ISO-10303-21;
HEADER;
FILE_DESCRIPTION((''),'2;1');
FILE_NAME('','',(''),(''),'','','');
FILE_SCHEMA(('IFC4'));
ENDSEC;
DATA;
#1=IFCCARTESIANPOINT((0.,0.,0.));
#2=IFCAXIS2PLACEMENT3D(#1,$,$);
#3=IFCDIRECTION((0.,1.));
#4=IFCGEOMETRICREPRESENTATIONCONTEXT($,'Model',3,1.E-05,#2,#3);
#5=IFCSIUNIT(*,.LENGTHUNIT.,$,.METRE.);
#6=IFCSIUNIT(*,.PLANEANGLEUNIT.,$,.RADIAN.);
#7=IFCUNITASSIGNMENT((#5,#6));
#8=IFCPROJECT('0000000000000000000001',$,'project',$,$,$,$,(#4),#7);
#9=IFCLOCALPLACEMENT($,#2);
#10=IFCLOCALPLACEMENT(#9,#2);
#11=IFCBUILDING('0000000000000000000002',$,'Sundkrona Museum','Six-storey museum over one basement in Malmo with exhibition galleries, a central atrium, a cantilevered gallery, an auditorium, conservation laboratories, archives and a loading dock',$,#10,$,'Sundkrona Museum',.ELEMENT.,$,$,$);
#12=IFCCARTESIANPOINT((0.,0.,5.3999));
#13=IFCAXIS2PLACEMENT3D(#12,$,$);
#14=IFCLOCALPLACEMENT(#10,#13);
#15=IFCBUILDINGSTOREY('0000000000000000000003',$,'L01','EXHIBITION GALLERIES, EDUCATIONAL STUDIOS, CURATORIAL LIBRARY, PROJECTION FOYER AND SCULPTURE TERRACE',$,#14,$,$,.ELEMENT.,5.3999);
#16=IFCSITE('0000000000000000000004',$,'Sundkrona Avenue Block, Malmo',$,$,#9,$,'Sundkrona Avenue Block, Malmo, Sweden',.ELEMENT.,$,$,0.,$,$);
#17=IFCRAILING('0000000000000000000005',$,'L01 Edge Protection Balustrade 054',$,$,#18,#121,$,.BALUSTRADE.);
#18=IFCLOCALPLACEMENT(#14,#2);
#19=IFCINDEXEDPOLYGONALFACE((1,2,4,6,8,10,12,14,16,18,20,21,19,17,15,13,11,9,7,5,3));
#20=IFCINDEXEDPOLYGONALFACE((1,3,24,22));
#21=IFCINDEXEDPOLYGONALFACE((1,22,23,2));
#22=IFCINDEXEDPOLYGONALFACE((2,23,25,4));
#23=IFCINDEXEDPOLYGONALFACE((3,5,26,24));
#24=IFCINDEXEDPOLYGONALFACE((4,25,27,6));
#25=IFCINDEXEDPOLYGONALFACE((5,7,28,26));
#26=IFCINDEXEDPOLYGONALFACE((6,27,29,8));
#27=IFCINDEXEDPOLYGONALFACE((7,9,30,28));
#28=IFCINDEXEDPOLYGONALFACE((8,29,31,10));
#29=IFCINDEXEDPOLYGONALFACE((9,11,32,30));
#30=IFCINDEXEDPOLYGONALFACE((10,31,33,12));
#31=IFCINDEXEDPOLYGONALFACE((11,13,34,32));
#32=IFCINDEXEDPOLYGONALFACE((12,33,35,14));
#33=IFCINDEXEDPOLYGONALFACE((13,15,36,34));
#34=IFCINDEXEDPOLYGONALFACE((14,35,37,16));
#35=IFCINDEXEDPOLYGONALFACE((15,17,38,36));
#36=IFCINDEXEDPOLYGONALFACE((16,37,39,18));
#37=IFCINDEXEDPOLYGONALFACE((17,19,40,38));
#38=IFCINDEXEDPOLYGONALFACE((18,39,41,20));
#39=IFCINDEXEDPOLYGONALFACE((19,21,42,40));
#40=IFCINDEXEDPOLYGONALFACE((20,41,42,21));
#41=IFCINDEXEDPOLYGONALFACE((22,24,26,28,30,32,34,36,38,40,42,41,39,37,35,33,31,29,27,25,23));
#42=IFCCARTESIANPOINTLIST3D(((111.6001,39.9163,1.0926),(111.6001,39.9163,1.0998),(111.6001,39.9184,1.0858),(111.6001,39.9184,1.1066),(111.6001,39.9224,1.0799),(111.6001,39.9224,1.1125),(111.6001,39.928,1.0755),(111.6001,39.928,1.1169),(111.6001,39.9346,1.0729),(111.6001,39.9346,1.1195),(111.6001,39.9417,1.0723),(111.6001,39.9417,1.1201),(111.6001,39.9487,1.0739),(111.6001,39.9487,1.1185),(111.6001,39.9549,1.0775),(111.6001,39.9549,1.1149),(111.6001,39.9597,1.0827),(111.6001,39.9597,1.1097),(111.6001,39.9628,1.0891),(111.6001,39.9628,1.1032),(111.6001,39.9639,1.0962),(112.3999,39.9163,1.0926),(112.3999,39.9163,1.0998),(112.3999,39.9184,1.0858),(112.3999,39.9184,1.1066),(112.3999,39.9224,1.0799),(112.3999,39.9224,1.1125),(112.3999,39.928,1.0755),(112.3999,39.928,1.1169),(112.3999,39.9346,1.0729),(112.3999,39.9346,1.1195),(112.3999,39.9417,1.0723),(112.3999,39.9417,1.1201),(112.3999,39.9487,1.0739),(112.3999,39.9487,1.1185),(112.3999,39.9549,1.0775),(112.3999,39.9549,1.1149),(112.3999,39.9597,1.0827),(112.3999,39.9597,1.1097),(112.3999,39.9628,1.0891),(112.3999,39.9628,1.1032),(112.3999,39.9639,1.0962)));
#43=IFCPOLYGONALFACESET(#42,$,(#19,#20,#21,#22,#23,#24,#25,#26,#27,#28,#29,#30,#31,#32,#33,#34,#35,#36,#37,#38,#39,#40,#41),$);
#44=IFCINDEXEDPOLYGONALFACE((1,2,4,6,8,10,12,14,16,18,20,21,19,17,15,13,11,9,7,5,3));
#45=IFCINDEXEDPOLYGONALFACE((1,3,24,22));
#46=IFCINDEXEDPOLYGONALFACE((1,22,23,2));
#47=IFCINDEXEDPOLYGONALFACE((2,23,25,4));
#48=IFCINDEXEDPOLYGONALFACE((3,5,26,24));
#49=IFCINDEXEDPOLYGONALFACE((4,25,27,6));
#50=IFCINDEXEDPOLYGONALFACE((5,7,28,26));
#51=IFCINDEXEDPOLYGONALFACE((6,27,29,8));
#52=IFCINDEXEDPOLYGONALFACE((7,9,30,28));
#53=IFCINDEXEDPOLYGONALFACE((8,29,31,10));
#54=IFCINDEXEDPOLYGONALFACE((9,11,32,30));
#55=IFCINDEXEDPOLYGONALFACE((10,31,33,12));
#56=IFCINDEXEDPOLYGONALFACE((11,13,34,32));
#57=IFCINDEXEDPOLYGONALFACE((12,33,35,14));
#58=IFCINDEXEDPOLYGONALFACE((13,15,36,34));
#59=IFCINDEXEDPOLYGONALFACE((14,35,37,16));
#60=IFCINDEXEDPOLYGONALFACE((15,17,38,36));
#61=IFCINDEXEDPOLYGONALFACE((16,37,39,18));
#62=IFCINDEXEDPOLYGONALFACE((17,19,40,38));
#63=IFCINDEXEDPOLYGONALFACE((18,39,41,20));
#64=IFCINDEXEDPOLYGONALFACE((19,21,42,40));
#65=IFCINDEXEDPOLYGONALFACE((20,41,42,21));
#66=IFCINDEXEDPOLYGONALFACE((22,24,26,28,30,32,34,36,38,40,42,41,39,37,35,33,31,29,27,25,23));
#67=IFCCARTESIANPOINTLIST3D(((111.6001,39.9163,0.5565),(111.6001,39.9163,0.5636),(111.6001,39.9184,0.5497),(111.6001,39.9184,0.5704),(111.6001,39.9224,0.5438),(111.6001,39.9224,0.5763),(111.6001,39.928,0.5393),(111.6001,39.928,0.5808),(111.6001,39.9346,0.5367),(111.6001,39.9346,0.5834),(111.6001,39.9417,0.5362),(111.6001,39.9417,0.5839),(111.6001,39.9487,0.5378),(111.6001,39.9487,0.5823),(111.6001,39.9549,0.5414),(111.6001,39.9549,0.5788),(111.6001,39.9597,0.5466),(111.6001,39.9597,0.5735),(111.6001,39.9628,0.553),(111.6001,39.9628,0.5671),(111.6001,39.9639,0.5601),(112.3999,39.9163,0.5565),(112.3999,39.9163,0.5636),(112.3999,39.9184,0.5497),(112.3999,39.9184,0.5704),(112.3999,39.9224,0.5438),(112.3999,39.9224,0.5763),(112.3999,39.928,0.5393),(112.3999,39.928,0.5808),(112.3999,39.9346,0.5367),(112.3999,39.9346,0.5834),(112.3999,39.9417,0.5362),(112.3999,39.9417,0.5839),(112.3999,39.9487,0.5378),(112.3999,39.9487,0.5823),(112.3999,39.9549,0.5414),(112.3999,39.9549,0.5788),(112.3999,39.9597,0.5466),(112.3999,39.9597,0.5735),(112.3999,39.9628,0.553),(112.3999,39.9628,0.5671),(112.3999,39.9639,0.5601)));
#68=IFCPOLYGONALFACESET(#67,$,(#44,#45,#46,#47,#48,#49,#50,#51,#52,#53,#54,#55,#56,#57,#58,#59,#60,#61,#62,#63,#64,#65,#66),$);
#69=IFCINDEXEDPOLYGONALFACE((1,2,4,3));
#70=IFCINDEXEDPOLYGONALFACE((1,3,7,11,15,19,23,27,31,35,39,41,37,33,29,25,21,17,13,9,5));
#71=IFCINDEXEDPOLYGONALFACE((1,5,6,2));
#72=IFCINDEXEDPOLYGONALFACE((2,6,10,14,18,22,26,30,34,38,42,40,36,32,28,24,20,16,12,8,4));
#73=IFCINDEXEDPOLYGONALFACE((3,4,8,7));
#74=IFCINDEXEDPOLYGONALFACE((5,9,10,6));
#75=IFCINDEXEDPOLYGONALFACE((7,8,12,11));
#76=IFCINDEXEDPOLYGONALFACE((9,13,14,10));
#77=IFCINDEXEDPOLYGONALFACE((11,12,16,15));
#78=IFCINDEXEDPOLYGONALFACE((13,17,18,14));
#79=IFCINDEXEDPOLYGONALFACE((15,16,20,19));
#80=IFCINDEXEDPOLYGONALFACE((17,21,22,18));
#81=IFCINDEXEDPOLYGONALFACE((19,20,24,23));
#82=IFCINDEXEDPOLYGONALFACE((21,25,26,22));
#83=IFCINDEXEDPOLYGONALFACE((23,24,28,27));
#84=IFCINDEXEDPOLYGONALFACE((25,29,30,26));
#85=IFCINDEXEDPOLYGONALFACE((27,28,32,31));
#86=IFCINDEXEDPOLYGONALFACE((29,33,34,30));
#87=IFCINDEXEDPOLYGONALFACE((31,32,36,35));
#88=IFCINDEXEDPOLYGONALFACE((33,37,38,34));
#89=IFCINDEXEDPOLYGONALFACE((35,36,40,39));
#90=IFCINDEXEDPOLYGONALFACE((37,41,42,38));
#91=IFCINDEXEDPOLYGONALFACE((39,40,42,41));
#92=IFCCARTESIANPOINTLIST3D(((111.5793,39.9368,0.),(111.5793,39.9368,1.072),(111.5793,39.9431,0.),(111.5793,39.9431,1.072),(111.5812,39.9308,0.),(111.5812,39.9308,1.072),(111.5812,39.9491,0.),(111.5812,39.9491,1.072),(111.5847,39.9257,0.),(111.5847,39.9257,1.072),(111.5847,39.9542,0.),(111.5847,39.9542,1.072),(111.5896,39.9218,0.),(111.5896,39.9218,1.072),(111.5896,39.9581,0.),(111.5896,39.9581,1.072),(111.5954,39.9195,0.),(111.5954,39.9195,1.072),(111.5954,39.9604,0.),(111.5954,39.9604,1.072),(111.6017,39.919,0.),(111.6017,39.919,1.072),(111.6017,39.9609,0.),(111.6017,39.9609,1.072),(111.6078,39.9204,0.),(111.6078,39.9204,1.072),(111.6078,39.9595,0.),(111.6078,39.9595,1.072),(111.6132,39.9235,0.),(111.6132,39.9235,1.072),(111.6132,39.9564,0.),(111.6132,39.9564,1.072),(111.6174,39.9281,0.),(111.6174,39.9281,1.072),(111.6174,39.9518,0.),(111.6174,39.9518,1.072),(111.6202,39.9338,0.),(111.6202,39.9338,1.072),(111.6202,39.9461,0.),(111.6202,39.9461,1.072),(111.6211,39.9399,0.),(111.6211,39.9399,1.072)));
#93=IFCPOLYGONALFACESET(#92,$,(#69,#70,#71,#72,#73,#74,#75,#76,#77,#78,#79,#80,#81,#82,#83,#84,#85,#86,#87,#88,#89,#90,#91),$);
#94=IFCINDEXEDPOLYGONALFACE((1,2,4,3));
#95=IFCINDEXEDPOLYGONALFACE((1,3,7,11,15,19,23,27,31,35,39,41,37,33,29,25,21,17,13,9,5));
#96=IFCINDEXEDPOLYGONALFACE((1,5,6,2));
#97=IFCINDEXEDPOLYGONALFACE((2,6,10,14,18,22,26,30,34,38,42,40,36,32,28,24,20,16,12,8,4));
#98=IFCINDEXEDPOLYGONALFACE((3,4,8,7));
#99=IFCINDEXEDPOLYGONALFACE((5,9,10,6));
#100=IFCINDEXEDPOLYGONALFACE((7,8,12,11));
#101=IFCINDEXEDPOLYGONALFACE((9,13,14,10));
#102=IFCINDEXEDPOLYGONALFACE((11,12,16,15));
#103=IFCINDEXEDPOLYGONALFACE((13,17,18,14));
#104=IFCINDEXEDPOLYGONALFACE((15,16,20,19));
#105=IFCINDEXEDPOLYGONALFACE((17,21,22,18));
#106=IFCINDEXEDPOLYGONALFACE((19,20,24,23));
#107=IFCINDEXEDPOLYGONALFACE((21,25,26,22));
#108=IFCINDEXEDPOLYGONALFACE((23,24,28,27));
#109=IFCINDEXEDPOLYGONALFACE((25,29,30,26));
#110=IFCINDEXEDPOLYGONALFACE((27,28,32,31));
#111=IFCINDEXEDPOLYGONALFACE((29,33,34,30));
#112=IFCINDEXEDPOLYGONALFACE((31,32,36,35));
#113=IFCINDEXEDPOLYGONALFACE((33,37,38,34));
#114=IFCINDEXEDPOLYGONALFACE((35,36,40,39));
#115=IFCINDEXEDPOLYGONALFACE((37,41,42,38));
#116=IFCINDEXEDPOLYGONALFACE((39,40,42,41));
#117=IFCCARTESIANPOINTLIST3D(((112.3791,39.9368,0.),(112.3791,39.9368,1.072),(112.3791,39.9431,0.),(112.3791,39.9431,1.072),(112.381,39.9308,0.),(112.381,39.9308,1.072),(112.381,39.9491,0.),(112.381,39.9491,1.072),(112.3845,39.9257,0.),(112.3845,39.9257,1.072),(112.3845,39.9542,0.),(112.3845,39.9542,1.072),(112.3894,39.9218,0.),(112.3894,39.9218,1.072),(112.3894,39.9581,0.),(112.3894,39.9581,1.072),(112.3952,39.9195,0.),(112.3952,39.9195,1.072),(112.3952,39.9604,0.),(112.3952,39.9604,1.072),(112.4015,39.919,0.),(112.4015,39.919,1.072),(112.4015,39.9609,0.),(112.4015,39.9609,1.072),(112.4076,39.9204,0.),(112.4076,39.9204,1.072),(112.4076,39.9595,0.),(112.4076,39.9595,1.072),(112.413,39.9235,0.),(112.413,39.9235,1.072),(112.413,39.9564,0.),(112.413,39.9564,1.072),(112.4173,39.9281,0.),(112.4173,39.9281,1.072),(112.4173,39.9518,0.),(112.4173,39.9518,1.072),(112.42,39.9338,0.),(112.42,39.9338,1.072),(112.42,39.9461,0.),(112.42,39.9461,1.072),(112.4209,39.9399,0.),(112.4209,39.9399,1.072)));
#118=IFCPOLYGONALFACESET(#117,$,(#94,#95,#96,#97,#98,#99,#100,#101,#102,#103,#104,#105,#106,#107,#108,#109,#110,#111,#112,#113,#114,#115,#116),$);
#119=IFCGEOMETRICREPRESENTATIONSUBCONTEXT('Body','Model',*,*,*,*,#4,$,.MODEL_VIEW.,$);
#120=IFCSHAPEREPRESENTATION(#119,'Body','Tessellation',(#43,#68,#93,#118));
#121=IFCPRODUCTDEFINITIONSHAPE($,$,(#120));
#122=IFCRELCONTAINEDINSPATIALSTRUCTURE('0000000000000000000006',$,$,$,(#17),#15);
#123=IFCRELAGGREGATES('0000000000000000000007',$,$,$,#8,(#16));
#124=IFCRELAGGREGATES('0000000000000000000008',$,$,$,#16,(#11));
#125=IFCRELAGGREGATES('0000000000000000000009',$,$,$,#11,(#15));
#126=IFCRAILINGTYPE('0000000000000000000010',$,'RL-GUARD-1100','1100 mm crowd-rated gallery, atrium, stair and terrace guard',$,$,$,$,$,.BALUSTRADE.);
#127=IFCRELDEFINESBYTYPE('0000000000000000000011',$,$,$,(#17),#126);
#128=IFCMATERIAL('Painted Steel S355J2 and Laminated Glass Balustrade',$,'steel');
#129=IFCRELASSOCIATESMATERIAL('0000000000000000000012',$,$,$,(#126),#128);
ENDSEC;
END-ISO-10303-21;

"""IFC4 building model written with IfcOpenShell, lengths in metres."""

from ifc_helpers import new_model, si_unit, direction, frame, origin, origin_2d, place, context, subcontext, project, spatial, circle, extrude, material, type_object, element, save


model = new_model("IFC4")

# Units and contexts
model_context = context("Model", 3, precision=1e-05, world=origin(), true_north=direction((0.0, 1.0)))
body_context = subcontext(model_context, "Body", "Model", "MODEL_VIEW")
ifc_project = project(units=[si_unit("LENGTHUNIT", "METRE"), si_unit("PLANEANGLEUNIT", "RADIAN")], contexts=[model_context])

# Site, building, storey
site_placement = place(None, origin())
site = spatial("IfcSite", under=ifc_project, at=site_placement, Name="Sundkrona Avenue Block, Malmo", LongName="Sundkrona Avenue Block, Malmo, Sweden", CompositionType="ELEMENT", RefElevation=0.0)
building_placement = place(site_placement, origin())
building = spatial("IfcBuilding", under=site, at=building_placement, Name="Sundkrona Museum", Description="Six-storey museum over one basement in Malmo with exhibition galleries, a central atrium, a cantilevered gallery, an auditorium, conservation laboratories, archives and a loading dock", LongName="Sundkrona Museum", CompositionType="ELEMENT")
storey_placement = place(building_placement, frame((0.0, 0.0, 5.3999)))
storey = spatial("IfcBuildingStorey", under=building, at=storey_placement, Name="L01", Description="EXHIBITION GALLERIES, EDUCATIONAL STUDIOS, CURATORIAL LIBRARY, PROJECTION FOYER AND SCULPTURE TERRACE", CompositionType="ELEMENT", Elevation=5.3999)

# Railing
ifc_material_1 = material(Name="Painted Steel S355J2 and Laminated Glass Balustrade", Category="steel")
railing_type = type_object("IfcRailingType", Name="RL-GUARD-1100", Description="1100 mm crowd-rated gallery, atrium, stair and terrace guard", PredefinedType="BALUSTRADE", material=ifc_material_1)
railing_1_placement = place(storey_placement, frame((111.6001, 39.9399, 0.0)))
element("IfcRailing", 1, at=railing_1_placement, inside=storey, type_object=railing_type, Name="L01 Edge Protection Balustrade 054", PredefinedType="BALUSTRADE", context=body_context, shape_type="SweptSolid", body=[
    extrude(circle(Radius=0.0239, at=origin_2d()), frame((0.0, 0.0, 1.0962), z_axis=(1.0, 0.0, 0.0), x_axis=(0.0, 1.0, 0.0)), (0.0, 0.0, 1.0), 0.7998),
    extrude(circle(Radius=0.0239, at=origin_2d()), frame((0.0, 0.0, 0.5601), z_axis=(1.0, 0.0, 0.0), x_axis=(0.0, 1.0, 0.0)), (0.0, 0.0, 1.0), 0.7998),
    extrude(circle(Radius=0.021, at=origin_2d()), origin(), (0.0, 0.0, 1.0), 1.072),
    extrude(circle(Radius=0.021, at=origin_2d()), frame((0.7998, 0.0, 0.0)), (0.0, 0.0, 1.0), 1.072),
])

save(model, "model.ifc")
